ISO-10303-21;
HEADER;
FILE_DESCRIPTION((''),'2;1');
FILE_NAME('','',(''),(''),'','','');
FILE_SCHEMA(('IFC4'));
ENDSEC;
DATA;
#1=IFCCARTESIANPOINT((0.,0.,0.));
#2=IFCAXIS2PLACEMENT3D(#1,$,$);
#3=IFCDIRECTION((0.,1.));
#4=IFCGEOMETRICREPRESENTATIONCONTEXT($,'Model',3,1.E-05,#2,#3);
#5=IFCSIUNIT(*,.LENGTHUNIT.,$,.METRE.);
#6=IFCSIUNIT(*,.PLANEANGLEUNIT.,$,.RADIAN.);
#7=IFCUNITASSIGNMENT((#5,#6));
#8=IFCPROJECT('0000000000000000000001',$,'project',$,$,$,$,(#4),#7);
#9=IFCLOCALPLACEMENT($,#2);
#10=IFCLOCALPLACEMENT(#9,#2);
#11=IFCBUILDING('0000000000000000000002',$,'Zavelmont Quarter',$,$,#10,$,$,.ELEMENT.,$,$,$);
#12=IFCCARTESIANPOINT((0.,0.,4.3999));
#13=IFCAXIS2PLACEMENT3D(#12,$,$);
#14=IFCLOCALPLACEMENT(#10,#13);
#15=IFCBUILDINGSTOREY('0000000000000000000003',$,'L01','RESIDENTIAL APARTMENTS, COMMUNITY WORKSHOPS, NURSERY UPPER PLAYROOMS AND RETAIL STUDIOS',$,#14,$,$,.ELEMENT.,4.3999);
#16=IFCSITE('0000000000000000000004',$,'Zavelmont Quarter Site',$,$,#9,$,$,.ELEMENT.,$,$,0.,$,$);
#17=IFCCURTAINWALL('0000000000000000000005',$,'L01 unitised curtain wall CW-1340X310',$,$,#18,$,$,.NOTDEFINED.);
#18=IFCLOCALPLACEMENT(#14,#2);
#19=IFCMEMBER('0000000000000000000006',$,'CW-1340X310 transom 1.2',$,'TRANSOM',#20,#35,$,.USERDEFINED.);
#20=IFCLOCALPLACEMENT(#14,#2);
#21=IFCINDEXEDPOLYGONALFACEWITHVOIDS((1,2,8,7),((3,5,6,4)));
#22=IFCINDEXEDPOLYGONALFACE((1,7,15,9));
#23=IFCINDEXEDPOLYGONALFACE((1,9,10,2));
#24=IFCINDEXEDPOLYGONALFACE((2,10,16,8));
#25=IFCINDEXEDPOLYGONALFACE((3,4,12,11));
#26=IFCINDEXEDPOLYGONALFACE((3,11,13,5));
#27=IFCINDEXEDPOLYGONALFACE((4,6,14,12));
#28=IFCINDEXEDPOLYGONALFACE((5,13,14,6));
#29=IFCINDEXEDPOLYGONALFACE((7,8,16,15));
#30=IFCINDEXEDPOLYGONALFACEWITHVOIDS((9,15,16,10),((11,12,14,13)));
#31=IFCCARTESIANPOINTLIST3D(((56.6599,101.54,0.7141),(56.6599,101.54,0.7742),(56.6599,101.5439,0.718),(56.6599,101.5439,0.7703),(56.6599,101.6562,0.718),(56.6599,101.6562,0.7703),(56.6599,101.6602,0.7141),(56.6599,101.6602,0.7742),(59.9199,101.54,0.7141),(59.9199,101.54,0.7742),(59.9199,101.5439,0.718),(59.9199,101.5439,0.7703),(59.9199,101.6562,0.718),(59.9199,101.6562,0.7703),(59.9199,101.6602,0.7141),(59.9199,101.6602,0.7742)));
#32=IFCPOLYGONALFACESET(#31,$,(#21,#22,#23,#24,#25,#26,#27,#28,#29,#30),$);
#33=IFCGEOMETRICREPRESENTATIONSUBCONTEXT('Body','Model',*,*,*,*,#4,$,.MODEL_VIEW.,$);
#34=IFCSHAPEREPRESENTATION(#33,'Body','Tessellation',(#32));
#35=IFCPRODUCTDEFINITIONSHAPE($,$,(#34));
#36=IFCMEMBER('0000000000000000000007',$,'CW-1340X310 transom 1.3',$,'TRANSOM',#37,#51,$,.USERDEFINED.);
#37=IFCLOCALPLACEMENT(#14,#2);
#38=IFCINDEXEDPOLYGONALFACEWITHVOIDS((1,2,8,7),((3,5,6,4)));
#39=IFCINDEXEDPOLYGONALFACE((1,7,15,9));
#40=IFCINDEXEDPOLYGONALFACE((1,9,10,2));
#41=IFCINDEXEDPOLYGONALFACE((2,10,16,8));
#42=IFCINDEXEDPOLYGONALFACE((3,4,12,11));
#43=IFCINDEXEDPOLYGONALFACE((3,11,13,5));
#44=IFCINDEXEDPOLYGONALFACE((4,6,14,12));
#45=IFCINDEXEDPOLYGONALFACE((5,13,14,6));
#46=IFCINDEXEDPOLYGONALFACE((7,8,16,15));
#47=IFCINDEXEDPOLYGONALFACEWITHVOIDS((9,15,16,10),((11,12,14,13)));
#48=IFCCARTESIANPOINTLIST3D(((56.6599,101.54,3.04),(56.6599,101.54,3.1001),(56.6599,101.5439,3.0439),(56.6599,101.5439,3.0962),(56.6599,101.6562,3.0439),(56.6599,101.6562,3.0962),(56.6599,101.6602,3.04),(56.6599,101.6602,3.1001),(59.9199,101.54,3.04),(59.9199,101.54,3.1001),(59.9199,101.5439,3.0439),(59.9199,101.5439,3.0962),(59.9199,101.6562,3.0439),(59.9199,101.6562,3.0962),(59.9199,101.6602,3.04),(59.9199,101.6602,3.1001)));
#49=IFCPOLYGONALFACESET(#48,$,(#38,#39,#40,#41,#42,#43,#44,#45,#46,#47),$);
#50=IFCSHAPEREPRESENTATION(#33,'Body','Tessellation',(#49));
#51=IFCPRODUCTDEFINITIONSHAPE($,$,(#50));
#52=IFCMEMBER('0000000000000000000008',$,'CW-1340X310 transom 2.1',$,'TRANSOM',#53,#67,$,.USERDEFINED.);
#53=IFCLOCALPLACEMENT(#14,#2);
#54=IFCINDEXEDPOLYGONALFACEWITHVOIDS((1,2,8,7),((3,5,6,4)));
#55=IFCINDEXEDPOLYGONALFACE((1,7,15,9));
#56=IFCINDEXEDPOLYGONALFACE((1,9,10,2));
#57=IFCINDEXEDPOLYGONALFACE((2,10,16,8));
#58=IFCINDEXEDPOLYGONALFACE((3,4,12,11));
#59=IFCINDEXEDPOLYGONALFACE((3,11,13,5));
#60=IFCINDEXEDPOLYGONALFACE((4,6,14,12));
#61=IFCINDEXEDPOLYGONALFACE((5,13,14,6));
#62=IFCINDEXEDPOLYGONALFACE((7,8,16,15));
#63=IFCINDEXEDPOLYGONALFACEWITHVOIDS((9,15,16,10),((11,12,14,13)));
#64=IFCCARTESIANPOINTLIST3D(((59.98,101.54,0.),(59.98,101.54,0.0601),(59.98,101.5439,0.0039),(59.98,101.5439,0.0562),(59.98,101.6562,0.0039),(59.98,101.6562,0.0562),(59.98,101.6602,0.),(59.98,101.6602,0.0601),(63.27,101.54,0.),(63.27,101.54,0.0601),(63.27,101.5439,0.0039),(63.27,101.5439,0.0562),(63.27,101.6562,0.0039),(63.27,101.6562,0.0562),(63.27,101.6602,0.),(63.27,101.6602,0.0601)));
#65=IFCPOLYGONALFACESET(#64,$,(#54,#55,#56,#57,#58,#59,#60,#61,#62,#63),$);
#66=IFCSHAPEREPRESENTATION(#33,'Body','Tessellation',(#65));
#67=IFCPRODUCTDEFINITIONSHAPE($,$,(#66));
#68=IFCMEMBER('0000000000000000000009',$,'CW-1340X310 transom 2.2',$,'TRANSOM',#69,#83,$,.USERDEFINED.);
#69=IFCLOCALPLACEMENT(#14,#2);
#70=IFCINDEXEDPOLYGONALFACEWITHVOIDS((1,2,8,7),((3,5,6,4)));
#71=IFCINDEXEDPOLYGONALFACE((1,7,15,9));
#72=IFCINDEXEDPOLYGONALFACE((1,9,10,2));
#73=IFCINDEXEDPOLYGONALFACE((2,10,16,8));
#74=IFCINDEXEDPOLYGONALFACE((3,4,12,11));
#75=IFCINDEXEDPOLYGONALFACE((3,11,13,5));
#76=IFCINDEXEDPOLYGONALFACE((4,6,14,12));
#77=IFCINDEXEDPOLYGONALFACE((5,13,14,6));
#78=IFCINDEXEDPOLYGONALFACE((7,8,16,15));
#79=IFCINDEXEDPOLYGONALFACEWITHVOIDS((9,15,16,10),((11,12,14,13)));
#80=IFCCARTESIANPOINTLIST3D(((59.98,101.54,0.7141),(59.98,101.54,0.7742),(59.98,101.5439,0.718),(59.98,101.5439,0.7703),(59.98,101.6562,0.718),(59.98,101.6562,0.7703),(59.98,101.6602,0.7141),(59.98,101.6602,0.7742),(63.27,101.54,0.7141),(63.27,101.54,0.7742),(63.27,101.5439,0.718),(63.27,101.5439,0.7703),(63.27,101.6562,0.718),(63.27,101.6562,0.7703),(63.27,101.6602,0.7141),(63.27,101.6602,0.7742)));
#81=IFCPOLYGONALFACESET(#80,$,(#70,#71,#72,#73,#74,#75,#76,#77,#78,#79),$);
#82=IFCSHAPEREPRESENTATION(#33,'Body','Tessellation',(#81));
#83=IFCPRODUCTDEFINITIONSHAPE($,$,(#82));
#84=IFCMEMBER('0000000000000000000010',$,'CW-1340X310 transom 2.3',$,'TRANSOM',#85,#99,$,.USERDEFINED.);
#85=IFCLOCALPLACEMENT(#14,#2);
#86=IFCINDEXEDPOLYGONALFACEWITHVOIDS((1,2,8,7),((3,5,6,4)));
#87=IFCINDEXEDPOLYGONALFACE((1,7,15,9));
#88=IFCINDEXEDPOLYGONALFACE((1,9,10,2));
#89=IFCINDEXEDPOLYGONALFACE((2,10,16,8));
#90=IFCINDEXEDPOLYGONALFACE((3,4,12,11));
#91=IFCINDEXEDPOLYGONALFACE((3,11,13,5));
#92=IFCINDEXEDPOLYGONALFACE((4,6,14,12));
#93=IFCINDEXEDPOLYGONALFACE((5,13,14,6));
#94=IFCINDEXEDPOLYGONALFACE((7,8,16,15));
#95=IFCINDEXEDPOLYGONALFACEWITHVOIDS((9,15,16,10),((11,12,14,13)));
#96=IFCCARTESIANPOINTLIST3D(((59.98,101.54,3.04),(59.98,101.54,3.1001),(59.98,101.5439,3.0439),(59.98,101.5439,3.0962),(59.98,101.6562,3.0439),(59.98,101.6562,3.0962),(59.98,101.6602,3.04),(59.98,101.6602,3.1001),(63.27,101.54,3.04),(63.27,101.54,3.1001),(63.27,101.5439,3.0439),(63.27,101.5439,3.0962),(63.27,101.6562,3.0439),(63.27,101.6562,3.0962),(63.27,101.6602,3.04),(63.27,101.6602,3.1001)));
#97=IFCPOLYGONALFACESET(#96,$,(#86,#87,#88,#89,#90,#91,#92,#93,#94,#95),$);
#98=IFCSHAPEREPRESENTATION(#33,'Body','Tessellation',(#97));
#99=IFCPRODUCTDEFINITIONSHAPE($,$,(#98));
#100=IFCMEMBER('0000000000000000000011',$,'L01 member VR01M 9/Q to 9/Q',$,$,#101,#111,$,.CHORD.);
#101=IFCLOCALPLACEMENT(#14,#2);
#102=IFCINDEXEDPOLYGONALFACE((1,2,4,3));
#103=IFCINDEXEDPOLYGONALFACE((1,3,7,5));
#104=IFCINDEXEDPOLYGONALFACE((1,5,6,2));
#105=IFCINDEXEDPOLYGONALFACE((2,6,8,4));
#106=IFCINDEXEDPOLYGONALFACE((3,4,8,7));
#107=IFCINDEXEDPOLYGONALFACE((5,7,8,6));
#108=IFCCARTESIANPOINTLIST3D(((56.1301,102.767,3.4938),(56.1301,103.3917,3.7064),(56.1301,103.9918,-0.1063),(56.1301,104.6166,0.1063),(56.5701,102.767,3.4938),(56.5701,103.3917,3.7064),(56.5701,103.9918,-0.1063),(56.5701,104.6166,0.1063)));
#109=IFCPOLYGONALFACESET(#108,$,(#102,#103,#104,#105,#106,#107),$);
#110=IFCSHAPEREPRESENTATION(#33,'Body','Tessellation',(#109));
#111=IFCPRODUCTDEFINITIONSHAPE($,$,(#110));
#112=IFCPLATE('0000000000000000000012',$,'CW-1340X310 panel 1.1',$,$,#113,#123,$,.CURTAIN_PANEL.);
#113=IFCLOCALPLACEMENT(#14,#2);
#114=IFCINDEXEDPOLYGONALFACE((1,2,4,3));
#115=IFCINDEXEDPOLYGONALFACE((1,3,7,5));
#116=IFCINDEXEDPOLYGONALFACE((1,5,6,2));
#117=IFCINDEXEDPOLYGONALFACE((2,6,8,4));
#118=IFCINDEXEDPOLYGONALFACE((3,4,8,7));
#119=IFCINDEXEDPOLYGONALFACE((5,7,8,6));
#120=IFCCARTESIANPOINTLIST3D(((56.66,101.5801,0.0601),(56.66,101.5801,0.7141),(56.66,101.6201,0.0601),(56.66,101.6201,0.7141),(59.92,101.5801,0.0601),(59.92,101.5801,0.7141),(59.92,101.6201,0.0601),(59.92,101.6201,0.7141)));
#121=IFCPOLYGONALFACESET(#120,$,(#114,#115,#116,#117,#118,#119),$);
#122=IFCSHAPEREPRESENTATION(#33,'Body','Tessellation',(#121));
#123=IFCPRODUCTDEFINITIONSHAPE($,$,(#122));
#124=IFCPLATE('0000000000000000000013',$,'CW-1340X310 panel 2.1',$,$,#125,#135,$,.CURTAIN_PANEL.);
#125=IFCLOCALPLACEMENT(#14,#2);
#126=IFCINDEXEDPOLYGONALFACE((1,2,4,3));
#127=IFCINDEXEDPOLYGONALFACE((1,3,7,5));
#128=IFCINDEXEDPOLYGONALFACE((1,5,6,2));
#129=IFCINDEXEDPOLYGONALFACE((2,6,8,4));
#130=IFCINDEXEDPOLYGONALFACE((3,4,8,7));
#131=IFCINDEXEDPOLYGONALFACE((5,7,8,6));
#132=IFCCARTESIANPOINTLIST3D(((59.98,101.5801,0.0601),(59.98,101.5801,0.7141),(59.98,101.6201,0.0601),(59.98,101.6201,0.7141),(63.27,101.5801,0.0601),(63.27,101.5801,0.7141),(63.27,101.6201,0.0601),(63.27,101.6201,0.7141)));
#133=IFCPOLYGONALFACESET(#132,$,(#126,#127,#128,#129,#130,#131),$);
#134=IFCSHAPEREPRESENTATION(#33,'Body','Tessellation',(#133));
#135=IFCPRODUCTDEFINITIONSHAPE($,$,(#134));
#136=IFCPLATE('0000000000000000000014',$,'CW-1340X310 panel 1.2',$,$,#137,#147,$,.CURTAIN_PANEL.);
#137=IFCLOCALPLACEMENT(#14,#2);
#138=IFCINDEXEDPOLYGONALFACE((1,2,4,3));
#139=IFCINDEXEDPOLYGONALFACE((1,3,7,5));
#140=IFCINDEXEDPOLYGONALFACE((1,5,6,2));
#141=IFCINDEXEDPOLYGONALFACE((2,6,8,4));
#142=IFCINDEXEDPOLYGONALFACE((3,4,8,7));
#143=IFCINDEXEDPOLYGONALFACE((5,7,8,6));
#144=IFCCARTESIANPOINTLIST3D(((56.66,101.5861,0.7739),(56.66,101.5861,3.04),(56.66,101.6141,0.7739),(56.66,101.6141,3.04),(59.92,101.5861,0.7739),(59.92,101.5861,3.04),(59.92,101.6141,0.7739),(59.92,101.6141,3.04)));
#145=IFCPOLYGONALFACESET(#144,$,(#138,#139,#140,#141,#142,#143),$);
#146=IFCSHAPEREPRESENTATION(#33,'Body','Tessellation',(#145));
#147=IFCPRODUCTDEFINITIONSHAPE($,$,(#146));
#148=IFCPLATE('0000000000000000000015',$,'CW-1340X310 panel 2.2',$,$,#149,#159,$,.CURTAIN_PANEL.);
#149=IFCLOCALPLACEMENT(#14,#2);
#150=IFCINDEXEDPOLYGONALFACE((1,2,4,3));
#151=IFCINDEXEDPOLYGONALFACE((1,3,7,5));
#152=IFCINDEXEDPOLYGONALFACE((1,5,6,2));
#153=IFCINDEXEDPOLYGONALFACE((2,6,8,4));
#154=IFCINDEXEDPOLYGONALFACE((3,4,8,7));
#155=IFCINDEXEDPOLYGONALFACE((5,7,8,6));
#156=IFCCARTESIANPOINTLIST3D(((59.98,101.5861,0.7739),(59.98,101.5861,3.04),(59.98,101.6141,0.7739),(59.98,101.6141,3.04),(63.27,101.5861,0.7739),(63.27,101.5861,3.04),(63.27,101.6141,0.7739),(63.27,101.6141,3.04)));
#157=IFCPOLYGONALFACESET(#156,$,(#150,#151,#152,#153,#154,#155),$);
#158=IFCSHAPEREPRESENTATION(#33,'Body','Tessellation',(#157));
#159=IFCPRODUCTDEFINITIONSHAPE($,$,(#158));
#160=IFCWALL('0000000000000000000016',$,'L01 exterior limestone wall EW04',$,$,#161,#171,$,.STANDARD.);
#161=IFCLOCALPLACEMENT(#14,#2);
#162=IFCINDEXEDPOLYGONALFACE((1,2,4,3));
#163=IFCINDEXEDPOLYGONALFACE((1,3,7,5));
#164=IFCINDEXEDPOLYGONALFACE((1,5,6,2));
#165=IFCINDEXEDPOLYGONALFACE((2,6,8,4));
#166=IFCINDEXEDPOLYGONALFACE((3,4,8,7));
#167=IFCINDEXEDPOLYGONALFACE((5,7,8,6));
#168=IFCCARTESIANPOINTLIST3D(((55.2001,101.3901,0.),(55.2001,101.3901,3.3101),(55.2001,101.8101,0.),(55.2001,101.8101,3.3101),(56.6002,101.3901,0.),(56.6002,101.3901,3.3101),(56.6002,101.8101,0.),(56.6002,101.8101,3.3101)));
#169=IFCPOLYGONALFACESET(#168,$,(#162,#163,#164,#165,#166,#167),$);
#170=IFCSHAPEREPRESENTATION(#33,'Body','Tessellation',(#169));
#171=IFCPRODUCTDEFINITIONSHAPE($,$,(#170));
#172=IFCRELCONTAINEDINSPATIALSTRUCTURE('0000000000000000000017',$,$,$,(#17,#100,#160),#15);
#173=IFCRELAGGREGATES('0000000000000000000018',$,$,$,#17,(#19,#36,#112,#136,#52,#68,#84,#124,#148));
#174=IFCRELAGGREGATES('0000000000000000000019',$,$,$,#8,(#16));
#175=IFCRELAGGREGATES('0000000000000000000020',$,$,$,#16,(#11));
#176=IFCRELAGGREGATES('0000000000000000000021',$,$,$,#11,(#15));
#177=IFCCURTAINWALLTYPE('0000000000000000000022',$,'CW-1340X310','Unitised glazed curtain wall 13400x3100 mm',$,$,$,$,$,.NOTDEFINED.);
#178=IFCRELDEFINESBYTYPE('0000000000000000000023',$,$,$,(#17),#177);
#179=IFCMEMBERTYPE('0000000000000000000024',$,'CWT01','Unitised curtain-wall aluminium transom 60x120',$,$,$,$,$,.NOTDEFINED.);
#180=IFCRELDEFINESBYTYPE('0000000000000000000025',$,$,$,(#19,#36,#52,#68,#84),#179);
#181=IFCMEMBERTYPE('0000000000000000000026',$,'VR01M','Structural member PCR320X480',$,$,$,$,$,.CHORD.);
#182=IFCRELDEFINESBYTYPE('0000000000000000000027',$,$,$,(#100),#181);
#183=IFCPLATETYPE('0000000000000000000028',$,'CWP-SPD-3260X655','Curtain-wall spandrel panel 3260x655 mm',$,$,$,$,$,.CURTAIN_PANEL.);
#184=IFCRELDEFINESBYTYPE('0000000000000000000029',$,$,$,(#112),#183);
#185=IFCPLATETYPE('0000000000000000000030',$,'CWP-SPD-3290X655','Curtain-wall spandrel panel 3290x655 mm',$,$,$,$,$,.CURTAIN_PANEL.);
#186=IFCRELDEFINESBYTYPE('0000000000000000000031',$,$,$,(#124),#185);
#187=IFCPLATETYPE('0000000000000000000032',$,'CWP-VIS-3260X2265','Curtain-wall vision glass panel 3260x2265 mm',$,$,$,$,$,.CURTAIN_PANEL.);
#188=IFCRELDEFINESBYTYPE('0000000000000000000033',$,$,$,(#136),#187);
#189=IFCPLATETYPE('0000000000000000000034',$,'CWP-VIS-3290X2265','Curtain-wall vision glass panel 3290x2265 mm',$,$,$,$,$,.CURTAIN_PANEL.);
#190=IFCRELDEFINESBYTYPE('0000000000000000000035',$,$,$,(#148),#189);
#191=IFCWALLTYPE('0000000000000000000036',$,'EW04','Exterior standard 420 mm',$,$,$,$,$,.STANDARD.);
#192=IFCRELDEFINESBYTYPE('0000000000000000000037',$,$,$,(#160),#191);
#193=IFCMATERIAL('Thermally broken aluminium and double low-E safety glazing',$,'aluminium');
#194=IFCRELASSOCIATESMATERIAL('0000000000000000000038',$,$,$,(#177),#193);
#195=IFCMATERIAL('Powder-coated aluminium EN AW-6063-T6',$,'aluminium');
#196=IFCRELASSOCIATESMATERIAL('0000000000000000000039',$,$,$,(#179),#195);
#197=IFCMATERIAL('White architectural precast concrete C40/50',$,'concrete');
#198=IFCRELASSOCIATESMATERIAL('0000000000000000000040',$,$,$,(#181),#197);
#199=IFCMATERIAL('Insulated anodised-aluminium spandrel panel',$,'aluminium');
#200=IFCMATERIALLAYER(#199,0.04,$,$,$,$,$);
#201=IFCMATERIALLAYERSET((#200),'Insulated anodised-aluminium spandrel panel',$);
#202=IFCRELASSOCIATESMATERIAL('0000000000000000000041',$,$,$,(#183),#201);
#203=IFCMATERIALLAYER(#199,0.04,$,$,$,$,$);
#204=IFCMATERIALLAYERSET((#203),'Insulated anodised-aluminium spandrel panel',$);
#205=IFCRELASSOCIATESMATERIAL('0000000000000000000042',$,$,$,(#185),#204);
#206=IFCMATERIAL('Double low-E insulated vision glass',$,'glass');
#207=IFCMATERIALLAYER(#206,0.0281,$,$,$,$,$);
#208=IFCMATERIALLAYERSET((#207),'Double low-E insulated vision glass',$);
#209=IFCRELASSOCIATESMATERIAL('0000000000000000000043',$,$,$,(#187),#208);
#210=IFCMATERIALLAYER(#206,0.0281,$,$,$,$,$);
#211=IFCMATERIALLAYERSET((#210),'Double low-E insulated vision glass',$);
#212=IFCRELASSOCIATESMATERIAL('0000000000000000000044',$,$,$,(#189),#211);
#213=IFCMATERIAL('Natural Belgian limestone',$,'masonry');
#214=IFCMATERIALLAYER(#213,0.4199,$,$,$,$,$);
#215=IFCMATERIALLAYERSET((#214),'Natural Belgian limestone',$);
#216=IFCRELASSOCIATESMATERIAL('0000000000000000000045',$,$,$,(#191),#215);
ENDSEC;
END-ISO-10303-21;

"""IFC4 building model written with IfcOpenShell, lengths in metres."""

from ifc_helpers import new_model, si_unit, direction, frame, frame_2d, origin, origin_2d, place, context, subcontext, project, spatial, rectangle, hollow_rectangle, extrude, material, layer, layer_set, material_profile, profile_set, type_object, element, aggregate, save


model = new_model("IFC4")

# Units and contexts
model_context = context("Model", 3, precision=1e-05, world=origin(), true_north=direction((0.0, 1.0)))
body_context = subcontext(model_context, "Body", "Model", "MODEL_VIEW")
ifc_project = project(units=[si_unit("LENGTHUNIT", "METRE"), si_unit("PLANEANGLEUNIT", "RADIAN")], contexts=[model_context])

# Site, building, storey
site_placement = place(None, origin())
site = spatial("IfcSite", under=ifc_project, at=site_placement, Name="Zavelmont Quarter Site", CompositionType="ELEMENT", RefElevation=0.0)
building_placement = place(site_placement, origin())
building = spatial("IfcBuilding", under=site, at=building_placement, Name="Zavelmont Quarter", CompositionType="ELEMENT")
storey_placement = place(building_placement, frame((0.0, 0.0, 4.3999)))
storey = spatial("IfcBuildingStorey", under=building, at=storey_placement, Name="L01", Description="RESIDENTIAL APARTMENTS, COMMUNITY WORKSHOPS, NURSERY UPPER PLAYROOMS AND RETAIL STUDIOS", CompositionType="ELEMENT", Elevation=4.3999)

# Curtain wall, members
ifc_material_1 = material(Name="Thermally broken aluminium and double low-E safety glazing", Category="aluminium")
curtain_wall_type = type_object("IfcCurtainWallType", Name="CW-1340X310", Description="Unitised glazed curtain wall 13400x3100 mm", PredefinedType="NOTDEFINED", material=ifc_material_1)
curtain_wall_placement = place(storey_placement, origin())
curtain_wall = element("IfcCurtainWall", 1, at=curtain_wall_placement, inside=storey, type_object=curtain_wall_type, Name="L01 unitised curtain wall CW-1340X310", PredefinedType="NOTDEFINED")
ifc_material_2 = material(Name="Powder-coated aluminium EN AW-6063-T6", Category="aluminium")
ifc_material_profile_1 = material_profile(ifc_material_2, hollow_rectangle(XDim=0.1201, YDim=0.0601, WallThickness=0.0039, at=origin_2d()), Name="CWT60X120")
ifc_profile_set_1 = profile_set([ifc_material_profile_1], Name="Powder-coated aluminium EN AW-6063-T6")
member_type_1 = type_object("IfcMemberType", Name="CWT01", Description="Unitised curtain-wall aluminium transom 60x120", PredefinedType="NOTDEFINED", material=ifc_profile_set_1)
member_1_placement = place(storey_placement, frame((56.6599, 101.6001, 0.7441), z_axis=(1.0, 0.0, 0.0), x_axis=(0.0, 1.0, 0.0)))
member_1 = element("IfcMember", 2, at=member_1_placement, type_object=member_type_1, Name="CW-1340X310 transom 1.2", ObjectType="TRANSOM", PredefinedType="USERDEFINED", context=body_context, shape_type="SweptSolid", body=[
    extrude(hollow_rectangle(XDim=0.1201, YDim=0.0601, WallThickness=0.0039, at=origin_2d()), origin(), (0.0, 0.0, 1.0), 3.26),
])
member_2_placement = place(storey_placement, frame((56.6599, 101.6001, 3.0701), z_axis=(1.0, 0.0, 0.0), x_axis=(0.0, 1.0, 0.0)))
member_2 = element("IfcMember", 3, at=member_2_placement, type_object=member_type_1, Name="CW-1340X310 transom 1.3", ObjectType="TRANSOM", PredefinedType="USERDEFINED", context=body_context, shape_type="SweptSolid", body=[
    extrude(hollow_rectangle(XDim=0.1201, YDim=0.0601, WallThickness=0.0039, at=origin_2d()), origin(), (0.0, 0.0, 1.0), 3.26),
])
member_3_placement = place(storey_placement, frame((59.98, 101.6001, 0.03), z_axis=(1.0, 0.0, 0.0), x_axis=(0.0, 1.0, 0.0)))
member_3 = element("IfcMember", 4, at=member_3_placement, type_object=member_type_1, Name="CW-1340X310 transom 2.1", ObjectType="TRANSOM", PredefinedType="USERDEFINED", context=body_context, shape_type="SweptSolid", body=[
    extrude(hollow_rectangle(XDim=0.1201, YDim=0.0601, WallThickness=0.0039, at=origin_2d()), origin(), (0.0, 0.0, 1.0), 3.29),
])
member_4_placement = place(storey_placement, frame((59.98, 101.6001, 0.7441), z_axis=(1.0, 0.0, 0.0), x_axis=(0.0, 1.0, 0.0)))
member_4 = element("IfcMember", 5, at=member_4_placement, type_object=member_type_1, Name="CW-1340X310 transom 2.2", ObjectType="TRANSOM", PredefinedType="USERDEFINED", context=body_context, shape_type="SweptSolid", body=[
    extrude(hollow_rectangle(XDim=0.1201, YDim=0.0601, WallThickness=0.0039, at=origin_2d()), origin(), (0.0, 0.0, 1.0), 3.29),
])
member_5_placement = place(storey_placement, frame((59.98, 101.6001, 3.0701), z_axis=(1.0, 0.0, 0.0), x_axis=(0.0, 1.0, 0.0)))
member_5 = element("IfcMember", 6, at=member_5_placement, type_object=member_type_1, Name="CW-1340X310 transom 2.3", ObjectType="TRANSOM", PredefinedType="USERDEFINED", context=body_context, shape_type="SweptSolid", body=[
    extrude(hollow_rectangle(XDim=0.1201, YDim=0.0601, WallThickness=0.0039, at=origin_2d()), origin(), (0.0, 0.0, 1.0), 3.29),
])

# Member
ifc_material_3 = material(Name="White architectural precast concrete C40/50", Category="concrete")
ifc_material_profile_2 = material_profile(ifc_material_3, rectangle(XDim=0.4399, YDim=0.6599, at=origin_2d()), Name="PCR320X480")
ifc_profile_set_2 = profile_set([ifc_material_profile_2], Name="White architectural precast concrete C40/50")
member_type_2 = type_object("IfcMemberType", Name="VR01M", Description="Structural member PCR320X480", PredefinedType="CHORD", material=ifc_profile_set_2)
member_6_placement = place(storey_placement, frame((56.3501, 104.3042, 0.0), z_axis=(0.0, -0.322096, 0.946707), x_axis=(1.0, 0.0, 0.0)))
element("IfcMember", 7, at=member_6_placement, inside=storey, type_object=member_type_2, Name="L01 member VR01M 9/Q to 9/Q", PredefinedType="CHORD", context=body_context, shape_type="SweptSolid", body=[
    extrude(rectangle(XDim=0.4399, YDim=0.6599, at=origin_2d()), origin(), (0.0, 0.0, 1.0), 3.8027),
])

# Plates
ifc_material_4 = material(Name="Insulated anodised-aluminium spandrel panel", Category="aluminium")
ifc_layer_1 = layer(ifc_material_4, 0.04)
ifc_layer_set_1 = layer_set([ifc_layer_1], Name="Insulated anodised-aluminium spandrel panel")
plate_type_1 = type_object("IfcPlateType", Name="CWP-SPD-3260X655", Description="Curtain-wall spandrel panel 3260x655 mm", PredefinedType="CURTAIN_PANEL", material=ifc_layer_set_1)
plate_1_placement = place(storey_placement, frame((58.29, 101.6001, 0.0601), z_axis=(0.0, 0.0, 1.0), x_axis=(1.0, 0.0, 0.0)))
plate_1 = element("IfcPlate", 8, at=plate_1_placement, type_object=plate_type_1, Name="CW-1340X310 panel 1.1", PredefinedType="CURTAIN_PANEL", context=body_context, shape_type="SweptSolid", body=[
    extrude(rectangle(XDim=3.26, YDim=0.04, at=origin_2d()), origin(), (0.0, 0.0, 1.0), 0.6541),
])
ifc_layer_2 = layer(ifc_material_4, 0.04)
ifc_layer_set_2 = layer_set([ifc_layer_2], Name="Insulated anodised-aluminium spandrel panel")
plate_type_2 = type_object("IfcPlateType", Name="CWP-SPD-3290X655", Description="Curtain-wall spandrel panel 3290x655 mm", PredefinedType="CURTAIN_PANEL", material=ifc_layer_set_2)
plate_2_placement = place(storey_placement, frame((61.625, 101.6001, 0.0601), z_axis=(0.0, 0.0, 1.0), x_axis=(1.0, 0.0, 0.0)))
plate_2 = element("IfcPlate", 9, at=plate_2_placement, type_object=plate_type_2, Name="CW-1340X310 panel 2.1", PredefinedType="CURTAIN_PANEL", context=body_context, shape_type="SweptSolid", body=[
    extrude(rectangle(XDim=3.29, YDim=0.04, at=origin_2d()), origin(), (0.0, 0.0, 1.0), 0.6541),
])
ifc_material_5 = material(Name="Double low-E insulated vision glass", Category="glass")
ifc_layer_3 = layer(ifc_material_5, 0.0281)
ifc_layer_set_3 = layer_set([ifc_layer_3], Name="Double low-E insulated vision glass")
plate_type_3 = type_object("IfcPlateType", Name="CWP-VIS-3260X2265", Description="Curtain-wall vision glass panel 3260x2265 mm", PredefinedType="CURTAIN_PANEL", material=ifc_layer_set_3)
plate_3_placement = place(storey_placement, frame((58.29, 101.6001, 0.7739), z_axis=(0.0, 0.0, 1.0), x_axis=(1.0, 0.0, 0.0)))
plate_3 = element("IfcPlate", 10, at=plate_3_placement, type_object=plate_type_3, Name="CW-1340X310 panel 1.2", PredefinedType="CURTAIN_PANEL", context=body_context, shape_type="SweptSolid", body=[
    extrude(rectangle(XDim=3.26, YDim=0.0281, at=origin_2d()), origin(), (0.0, 0.0, 1.0), 2.2661),
])
ifc_layer_4 = layer(ifc_material_5, 0.0281)
ifc_layer_set_4 = layer_set([ifc_layer_4], Name="Double low-E insulated vision glass")
plate_type_4 = type_object("IfcPlateType", Name="CWP-VIS-3290X2265", Description="Curtain-wall vision glass panel 3290x2265 mm", PredefinedType="CURTAIN_PANEL", material=ifc_layer_set_4)
plate_4_placement = place(storey_placement, frame((61.625, 101.6001, 0.7739), z_axis=(0.0, 0.0, 1.0), x_axis=(1.0, 0.0, 0.0)))
plate_4 = element("IfcPlate", 11, at=plate_4_placement, type_object=plate_type_4, Name="CW-1340X310 panel 2.2", PredefinedType="CURTAIN_PANEL", context=body_context, shape_type="SweptSolid", body=[
    extrude(rectangle(XDim=3.29, YDim=0.0281, at=origin_2d()), origin(), (0.0, 0.0, 1.0), 2.2661),
])
aggregate(curtain_wall, [member_1, member_2, plate_1, plate_3, member_3, member_4, member_5, plate_2, plate_4])

# Wall
ifc_material_6 = material(Name="Natural Belgian limestone", Category="masonry")
ifc_layer_5 = layer(ifc_material_6, 0.4199)
ifc_layer_set_5 = layer_set([ifc_layer_5], Name="Natural Belgian limestone")
wall_type_1 = type_object("IfcWallType", Name="EW04", Description="Exterior standard 420 mm", PredefinedType="STANDARD", material=ifc_layer_set_5)
wall_1_placement = place(storey_placement, frame((55.2, 101.6001, 0.0), z_axis=(0.0, 0.0, 1.0), x_axis=(1.0, 0.0, 0.0)))
element("IfcWall", 12, at=wall_1_placement, inside=storey, type_object=wall_type_1, Name="L01 exterior limestone wall EW04", PredefinedType="STANDARD", context=body_context, shape_type="SweptSolid", body=[
    extrude(rectangle(XDim=1.4001, YDim=0.4199, at=frame_2d((0.7002, 0.0))), origin(), (0.0, 0.0, 1.0), 3.3101),
])

save(model, "model.ifc")
